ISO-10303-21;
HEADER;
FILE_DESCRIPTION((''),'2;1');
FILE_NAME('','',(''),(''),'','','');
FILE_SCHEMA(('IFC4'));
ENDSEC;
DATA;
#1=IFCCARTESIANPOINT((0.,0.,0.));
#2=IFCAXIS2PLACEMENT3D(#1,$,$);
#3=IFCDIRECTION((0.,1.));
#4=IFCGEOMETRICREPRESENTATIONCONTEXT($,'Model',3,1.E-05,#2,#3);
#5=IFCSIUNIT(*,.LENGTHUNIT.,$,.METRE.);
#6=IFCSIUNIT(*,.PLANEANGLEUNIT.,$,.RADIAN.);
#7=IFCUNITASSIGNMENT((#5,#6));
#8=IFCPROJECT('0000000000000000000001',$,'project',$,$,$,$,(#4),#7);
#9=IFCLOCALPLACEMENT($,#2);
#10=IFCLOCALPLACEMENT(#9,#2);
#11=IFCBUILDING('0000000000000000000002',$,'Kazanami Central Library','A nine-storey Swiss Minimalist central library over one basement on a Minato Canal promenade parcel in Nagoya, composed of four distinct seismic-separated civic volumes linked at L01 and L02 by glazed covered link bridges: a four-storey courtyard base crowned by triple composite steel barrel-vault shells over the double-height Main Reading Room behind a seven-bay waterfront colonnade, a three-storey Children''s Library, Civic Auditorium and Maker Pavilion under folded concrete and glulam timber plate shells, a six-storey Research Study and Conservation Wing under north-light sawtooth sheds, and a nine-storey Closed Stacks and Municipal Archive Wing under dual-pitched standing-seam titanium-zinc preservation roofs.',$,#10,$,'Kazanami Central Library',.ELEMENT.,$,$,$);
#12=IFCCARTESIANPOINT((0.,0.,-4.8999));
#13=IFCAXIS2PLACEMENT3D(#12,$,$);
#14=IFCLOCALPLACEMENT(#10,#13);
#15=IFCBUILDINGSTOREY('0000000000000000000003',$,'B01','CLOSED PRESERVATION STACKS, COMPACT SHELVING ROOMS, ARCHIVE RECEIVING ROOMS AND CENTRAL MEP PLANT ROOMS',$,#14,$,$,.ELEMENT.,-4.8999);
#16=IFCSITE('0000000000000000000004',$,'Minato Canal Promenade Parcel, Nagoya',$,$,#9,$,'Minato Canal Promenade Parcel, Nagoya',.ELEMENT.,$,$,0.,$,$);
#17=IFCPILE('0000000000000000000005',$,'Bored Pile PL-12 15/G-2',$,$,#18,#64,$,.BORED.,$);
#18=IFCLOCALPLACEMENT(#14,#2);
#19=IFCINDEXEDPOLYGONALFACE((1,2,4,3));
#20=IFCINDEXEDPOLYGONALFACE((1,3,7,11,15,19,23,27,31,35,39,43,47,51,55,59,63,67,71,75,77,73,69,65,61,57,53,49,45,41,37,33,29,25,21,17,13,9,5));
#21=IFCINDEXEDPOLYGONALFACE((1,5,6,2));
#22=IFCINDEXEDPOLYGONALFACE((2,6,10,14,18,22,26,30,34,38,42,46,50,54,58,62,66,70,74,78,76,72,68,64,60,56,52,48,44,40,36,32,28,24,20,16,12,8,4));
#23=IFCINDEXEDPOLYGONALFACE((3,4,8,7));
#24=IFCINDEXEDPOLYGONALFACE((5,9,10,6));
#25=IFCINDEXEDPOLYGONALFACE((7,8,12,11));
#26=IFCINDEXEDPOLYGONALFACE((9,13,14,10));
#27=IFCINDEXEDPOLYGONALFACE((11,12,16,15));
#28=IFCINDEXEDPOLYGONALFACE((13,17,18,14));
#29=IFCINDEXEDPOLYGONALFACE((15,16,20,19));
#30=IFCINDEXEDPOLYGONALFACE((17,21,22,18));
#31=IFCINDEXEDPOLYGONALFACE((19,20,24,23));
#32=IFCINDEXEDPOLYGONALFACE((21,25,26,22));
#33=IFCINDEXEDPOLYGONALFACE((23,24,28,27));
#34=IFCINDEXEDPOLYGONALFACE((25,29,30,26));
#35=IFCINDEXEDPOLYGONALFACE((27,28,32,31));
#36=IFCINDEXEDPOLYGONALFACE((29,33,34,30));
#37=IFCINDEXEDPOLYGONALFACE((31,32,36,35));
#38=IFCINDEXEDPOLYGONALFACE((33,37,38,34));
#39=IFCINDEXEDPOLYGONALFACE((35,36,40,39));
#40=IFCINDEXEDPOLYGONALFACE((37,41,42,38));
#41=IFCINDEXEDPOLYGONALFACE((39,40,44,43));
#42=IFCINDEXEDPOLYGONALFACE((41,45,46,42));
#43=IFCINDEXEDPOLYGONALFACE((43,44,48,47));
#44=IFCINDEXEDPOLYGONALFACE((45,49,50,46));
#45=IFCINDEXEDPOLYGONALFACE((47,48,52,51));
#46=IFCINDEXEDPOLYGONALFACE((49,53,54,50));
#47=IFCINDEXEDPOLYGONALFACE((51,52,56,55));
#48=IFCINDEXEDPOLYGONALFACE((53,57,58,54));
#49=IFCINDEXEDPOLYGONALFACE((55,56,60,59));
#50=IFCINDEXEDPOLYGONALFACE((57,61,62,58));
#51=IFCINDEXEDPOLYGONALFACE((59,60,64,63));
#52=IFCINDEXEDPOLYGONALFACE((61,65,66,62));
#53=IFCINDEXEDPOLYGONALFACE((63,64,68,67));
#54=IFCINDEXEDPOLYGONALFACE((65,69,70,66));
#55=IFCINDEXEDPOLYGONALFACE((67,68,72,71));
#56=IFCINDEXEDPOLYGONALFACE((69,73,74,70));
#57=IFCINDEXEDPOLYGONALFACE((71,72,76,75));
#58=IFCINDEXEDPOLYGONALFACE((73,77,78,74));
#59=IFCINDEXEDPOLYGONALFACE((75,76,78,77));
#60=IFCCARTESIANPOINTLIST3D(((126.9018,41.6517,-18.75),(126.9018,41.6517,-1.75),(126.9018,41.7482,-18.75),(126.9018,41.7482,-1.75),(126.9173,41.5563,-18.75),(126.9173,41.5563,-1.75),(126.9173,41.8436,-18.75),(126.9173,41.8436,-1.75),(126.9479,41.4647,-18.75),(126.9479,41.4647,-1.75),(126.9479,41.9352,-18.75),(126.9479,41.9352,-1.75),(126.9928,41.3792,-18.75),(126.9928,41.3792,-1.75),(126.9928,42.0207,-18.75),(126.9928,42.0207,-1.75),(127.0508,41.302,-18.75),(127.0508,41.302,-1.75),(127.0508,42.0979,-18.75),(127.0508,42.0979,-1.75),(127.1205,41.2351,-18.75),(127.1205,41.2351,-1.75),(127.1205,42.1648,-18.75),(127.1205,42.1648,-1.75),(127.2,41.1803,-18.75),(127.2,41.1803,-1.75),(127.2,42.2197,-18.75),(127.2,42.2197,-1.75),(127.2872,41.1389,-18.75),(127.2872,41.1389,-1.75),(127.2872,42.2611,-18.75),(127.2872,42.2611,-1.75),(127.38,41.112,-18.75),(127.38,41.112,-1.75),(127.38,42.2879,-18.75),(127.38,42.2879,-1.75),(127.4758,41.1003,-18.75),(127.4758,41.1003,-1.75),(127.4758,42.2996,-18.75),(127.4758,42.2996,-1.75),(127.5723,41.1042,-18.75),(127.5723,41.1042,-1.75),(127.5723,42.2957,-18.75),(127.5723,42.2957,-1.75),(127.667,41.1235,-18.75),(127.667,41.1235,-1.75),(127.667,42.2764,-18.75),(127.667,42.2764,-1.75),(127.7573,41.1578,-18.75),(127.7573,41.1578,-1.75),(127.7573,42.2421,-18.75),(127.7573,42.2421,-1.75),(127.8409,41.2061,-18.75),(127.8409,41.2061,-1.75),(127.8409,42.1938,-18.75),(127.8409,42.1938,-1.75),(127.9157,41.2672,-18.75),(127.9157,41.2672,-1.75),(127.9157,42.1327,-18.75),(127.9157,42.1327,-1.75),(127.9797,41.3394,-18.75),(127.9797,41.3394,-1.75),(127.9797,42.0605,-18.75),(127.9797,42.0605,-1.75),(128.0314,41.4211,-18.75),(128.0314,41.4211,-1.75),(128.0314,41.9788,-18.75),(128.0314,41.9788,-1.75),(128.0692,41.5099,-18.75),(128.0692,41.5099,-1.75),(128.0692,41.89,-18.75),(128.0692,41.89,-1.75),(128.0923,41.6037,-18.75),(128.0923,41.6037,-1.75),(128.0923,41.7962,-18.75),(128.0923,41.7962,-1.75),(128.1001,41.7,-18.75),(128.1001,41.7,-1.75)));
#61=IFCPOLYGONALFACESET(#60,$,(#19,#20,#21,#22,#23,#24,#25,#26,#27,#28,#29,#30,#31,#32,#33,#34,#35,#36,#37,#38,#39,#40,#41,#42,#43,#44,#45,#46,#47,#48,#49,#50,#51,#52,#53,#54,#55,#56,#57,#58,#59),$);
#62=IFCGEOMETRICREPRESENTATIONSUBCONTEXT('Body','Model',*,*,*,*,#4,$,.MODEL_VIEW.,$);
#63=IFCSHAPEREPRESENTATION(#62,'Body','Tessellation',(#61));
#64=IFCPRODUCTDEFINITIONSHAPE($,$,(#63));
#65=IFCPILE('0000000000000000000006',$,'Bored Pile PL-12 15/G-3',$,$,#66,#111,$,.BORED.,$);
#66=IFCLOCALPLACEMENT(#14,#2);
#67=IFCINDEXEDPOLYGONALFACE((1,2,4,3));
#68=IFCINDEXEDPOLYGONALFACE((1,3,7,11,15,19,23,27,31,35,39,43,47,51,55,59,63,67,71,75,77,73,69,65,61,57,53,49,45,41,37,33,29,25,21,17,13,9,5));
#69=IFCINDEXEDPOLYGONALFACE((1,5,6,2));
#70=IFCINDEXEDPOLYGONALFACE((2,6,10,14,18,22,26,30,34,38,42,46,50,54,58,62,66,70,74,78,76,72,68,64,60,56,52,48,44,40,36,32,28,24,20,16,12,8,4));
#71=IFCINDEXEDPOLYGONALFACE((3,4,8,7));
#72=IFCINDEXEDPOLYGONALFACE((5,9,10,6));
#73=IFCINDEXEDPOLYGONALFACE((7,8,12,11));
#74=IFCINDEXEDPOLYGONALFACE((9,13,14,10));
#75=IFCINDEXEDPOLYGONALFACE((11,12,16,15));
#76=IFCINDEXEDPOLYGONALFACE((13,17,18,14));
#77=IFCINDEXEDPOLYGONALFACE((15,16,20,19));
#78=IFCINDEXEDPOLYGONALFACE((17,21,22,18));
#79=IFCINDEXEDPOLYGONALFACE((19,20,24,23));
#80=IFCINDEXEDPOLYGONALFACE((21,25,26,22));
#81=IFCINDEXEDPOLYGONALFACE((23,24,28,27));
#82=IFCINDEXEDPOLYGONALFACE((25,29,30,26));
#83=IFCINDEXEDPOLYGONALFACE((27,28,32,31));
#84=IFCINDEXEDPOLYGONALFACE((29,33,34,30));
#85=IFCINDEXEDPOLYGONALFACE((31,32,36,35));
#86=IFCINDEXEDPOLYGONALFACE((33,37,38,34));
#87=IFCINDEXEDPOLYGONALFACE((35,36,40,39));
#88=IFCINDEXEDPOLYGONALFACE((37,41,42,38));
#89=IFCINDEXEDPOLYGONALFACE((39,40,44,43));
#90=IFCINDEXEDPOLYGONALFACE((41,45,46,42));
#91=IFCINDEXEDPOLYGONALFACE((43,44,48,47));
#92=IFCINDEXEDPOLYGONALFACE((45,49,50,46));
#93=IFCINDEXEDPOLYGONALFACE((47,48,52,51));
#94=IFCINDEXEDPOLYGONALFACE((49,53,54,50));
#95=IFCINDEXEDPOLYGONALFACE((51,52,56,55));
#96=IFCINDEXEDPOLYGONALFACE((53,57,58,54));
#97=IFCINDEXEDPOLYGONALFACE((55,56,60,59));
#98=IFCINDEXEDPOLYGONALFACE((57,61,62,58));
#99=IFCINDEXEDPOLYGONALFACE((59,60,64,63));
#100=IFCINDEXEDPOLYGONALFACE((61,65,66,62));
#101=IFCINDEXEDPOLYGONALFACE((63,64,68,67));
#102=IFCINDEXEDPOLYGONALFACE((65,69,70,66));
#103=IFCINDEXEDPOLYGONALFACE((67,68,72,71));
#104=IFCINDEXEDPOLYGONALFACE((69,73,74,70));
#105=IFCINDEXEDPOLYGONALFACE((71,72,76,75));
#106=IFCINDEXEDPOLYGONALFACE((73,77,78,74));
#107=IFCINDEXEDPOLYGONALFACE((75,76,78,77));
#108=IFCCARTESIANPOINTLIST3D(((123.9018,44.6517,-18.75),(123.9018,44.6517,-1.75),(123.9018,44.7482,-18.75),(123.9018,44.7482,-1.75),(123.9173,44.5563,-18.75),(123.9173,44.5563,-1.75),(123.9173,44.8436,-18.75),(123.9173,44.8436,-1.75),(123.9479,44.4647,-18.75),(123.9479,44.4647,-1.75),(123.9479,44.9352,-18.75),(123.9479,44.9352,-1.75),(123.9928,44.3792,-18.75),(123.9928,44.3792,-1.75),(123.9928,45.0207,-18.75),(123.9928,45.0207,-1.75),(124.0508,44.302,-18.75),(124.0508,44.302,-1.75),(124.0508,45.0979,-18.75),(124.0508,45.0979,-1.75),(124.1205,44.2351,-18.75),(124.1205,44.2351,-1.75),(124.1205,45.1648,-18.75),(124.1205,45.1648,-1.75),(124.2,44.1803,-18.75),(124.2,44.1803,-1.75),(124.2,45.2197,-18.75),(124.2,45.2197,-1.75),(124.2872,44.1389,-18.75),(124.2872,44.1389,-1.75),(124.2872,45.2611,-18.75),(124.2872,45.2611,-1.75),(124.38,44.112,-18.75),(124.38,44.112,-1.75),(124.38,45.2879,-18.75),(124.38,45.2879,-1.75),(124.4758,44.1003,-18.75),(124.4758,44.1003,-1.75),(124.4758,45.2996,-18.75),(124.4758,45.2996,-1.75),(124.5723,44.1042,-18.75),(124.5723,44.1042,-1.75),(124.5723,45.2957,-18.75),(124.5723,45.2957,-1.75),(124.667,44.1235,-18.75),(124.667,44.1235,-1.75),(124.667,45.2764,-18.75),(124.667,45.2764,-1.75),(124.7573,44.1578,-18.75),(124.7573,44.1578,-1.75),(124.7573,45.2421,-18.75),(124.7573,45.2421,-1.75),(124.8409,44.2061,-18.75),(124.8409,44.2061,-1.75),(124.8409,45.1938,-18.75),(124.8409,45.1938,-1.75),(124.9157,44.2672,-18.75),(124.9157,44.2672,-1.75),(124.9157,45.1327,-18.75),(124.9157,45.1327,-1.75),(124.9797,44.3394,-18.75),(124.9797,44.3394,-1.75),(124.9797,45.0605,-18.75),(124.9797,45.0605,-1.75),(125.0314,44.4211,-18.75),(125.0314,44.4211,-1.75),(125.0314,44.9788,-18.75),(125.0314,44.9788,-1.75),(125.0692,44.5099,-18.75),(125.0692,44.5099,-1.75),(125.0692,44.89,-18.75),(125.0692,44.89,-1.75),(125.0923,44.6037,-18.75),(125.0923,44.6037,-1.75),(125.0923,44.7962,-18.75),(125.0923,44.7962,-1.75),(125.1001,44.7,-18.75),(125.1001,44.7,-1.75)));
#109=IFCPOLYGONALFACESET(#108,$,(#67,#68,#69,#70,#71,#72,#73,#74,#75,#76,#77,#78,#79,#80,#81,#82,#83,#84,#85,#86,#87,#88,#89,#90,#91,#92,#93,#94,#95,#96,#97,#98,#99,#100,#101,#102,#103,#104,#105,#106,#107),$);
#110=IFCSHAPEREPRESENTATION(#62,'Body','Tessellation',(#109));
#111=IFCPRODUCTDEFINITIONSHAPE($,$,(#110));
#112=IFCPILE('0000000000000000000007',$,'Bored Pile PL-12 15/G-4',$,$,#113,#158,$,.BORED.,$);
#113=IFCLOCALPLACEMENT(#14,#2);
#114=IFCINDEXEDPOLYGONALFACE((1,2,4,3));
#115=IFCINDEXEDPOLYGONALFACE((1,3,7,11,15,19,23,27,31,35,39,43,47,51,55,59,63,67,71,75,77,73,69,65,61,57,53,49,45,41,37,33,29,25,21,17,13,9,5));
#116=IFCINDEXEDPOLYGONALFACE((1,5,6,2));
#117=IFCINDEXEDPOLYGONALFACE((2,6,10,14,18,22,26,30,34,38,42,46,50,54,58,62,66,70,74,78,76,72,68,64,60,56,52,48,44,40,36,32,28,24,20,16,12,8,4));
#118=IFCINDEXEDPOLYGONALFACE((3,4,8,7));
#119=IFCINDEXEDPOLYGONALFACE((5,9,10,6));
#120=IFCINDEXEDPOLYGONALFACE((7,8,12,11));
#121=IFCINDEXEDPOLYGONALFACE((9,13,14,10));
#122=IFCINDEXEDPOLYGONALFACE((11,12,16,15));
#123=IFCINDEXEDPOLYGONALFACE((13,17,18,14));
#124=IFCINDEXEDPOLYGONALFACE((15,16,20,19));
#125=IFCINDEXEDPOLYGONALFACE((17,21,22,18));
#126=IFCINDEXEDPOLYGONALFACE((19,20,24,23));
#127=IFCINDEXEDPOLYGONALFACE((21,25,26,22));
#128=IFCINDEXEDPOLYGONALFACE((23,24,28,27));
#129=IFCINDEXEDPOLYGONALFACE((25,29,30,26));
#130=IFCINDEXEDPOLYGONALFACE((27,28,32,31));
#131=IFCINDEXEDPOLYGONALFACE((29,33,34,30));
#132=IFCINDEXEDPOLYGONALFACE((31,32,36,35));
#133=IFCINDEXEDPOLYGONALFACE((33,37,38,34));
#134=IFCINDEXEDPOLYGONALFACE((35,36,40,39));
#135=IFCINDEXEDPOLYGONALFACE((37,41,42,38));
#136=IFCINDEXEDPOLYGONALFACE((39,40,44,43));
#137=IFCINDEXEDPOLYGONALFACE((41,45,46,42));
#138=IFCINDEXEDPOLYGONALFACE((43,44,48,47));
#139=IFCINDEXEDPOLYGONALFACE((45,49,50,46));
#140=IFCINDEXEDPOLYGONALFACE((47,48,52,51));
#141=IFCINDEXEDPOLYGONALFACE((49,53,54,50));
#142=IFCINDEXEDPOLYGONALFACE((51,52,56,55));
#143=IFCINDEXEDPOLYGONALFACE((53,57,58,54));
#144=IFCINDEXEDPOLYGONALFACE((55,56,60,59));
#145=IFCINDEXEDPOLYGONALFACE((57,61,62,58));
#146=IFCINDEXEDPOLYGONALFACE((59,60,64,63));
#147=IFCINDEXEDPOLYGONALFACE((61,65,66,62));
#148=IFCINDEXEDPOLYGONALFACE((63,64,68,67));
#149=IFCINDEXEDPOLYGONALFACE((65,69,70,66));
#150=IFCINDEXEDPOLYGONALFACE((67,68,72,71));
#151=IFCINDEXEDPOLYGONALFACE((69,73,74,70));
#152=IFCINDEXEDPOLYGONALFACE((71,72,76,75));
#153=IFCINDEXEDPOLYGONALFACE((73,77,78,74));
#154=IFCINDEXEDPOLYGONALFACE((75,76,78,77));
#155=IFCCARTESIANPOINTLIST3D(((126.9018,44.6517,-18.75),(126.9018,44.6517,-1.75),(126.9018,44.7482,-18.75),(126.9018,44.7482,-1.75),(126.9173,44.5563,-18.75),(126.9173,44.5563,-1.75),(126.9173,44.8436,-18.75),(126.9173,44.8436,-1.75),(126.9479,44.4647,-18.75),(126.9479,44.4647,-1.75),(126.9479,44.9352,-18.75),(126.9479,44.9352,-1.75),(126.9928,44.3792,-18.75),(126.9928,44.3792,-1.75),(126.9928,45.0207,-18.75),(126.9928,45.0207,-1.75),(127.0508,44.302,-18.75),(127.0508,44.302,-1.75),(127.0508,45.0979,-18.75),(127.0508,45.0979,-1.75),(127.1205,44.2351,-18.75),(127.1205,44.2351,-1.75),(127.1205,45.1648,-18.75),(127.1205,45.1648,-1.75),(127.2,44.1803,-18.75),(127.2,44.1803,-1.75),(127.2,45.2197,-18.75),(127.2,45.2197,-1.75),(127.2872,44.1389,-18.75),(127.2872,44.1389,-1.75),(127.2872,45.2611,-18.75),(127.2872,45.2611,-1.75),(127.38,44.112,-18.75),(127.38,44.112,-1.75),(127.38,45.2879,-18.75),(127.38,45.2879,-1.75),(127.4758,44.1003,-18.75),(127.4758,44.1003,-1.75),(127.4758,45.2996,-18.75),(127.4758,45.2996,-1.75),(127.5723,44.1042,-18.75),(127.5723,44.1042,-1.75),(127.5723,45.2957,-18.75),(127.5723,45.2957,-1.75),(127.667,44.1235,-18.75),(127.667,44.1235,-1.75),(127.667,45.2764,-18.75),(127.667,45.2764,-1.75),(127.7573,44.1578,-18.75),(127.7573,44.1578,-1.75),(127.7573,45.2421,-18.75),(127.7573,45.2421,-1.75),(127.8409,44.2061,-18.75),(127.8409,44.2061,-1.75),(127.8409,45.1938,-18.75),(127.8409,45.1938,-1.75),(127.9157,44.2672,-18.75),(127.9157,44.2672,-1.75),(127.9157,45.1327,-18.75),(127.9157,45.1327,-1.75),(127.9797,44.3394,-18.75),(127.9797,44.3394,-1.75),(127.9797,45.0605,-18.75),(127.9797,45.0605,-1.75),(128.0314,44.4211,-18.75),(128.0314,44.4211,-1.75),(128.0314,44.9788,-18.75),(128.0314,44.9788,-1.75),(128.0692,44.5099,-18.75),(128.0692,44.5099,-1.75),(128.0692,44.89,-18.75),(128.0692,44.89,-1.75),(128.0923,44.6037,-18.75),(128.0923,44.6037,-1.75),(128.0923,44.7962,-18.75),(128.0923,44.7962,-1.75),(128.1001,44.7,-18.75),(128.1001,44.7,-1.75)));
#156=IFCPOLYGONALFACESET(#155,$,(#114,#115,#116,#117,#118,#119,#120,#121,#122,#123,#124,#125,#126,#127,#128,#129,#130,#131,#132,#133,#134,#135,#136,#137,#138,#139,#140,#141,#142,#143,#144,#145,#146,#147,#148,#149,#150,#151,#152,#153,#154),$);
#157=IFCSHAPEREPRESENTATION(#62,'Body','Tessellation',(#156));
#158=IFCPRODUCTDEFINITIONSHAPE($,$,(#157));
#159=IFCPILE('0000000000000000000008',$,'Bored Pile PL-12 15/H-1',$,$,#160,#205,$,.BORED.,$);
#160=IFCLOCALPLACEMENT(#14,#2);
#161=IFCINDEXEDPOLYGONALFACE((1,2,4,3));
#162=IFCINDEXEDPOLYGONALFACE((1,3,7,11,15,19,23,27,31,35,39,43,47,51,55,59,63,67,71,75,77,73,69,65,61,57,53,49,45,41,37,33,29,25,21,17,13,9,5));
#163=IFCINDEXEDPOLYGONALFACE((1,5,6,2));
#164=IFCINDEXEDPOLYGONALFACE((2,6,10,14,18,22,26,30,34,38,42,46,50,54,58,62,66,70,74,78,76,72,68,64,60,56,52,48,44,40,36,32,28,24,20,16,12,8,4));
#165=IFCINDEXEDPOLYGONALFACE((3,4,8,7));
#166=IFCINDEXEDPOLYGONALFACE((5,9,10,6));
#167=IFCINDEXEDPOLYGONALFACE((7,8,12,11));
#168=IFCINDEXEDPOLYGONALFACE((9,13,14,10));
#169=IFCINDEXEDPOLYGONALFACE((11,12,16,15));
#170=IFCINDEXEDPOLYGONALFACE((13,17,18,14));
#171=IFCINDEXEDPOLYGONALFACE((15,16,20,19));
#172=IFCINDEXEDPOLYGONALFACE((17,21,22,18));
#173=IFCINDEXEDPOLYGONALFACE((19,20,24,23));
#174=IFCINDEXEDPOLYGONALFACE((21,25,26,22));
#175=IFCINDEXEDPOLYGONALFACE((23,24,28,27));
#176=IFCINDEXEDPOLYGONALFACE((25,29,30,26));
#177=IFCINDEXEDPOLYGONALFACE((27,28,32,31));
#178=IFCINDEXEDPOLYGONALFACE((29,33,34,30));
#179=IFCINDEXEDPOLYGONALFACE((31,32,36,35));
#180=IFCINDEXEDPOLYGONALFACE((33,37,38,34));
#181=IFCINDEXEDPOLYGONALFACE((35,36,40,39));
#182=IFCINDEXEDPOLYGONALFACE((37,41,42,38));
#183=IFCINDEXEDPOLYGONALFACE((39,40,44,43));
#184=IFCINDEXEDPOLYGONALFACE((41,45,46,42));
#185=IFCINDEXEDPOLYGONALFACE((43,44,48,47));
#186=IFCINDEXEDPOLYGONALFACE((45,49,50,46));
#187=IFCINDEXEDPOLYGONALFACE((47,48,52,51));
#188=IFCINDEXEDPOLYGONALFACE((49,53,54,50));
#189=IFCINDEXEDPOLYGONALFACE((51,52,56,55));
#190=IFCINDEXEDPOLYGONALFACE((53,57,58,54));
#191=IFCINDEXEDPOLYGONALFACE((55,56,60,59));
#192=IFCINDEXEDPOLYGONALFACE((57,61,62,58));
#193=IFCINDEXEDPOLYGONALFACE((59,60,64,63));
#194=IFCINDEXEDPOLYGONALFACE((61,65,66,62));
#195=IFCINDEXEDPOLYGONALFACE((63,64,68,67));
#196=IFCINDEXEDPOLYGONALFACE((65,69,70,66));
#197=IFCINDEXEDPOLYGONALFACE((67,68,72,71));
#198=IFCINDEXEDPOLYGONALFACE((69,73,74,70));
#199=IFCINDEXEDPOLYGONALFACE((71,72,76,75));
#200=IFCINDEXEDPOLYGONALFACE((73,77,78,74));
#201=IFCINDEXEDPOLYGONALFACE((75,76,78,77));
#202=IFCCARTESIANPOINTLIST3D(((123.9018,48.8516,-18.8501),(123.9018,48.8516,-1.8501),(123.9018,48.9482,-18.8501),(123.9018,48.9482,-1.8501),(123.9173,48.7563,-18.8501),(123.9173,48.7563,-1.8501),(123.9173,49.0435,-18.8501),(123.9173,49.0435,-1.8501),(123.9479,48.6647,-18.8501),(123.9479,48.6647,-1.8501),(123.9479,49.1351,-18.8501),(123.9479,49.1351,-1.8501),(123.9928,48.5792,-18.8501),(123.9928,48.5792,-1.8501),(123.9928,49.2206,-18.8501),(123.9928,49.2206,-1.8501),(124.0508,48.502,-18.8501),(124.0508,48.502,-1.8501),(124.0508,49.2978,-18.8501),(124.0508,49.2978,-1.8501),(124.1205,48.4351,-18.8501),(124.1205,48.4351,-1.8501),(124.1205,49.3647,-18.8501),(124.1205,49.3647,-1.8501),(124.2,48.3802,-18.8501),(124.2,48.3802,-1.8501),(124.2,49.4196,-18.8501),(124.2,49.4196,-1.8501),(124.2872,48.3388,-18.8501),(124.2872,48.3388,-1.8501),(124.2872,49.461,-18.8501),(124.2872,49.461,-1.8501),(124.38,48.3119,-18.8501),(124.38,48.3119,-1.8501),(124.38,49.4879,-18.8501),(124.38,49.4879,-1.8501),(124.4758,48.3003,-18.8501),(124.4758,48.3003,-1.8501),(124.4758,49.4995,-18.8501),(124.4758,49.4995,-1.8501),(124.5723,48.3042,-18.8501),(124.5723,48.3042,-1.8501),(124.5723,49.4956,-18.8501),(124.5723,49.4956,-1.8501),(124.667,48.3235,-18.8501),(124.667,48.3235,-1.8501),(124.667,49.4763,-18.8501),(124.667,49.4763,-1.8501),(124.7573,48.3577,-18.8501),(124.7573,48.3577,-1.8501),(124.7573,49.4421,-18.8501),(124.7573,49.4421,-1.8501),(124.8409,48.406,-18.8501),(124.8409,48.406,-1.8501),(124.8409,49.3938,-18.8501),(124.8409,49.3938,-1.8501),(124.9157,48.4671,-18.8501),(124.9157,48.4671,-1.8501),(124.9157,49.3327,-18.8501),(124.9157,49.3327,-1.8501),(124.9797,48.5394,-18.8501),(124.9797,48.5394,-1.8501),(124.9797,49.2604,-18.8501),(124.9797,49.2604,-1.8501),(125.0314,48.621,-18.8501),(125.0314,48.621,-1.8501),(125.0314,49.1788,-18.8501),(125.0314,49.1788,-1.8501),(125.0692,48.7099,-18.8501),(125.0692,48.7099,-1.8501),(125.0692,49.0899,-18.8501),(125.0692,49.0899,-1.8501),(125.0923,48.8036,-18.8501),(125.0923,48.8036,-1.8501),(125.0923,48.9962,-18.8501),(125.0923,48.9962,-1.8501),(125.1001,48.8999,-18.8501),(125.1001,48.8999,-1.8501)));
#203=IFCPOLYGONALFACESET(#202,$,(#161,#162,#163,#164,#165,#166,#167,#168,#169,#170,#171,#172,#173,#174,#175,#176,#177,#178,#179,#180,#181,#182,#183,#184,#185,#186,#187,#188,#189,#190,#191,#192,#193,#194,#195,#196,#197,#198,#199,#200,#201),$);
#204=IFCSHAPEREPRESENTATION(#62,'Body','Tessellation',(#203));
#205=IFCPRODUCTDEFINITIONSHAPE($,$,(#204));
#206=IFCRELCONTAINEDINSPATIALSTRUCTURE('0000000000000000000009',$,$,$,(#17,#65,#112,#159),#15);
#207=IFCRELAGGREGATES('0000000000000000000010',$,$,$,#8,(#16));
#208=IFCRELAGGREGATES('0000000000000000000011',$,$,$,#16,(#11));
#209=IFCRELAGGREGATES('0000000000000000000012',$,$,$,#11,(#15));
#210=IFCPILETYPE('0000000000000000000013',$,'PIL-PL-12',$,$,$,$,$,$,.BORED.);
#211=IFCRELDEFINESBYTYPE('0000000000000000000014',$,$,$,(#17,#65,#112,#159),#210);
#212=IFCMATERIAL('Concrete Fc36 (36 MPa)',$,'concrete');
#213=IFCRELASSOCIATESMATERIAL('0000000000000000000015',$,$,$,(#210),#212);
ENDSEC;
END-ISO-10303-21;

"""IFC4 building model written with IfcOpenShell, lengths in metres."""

from ifc_helpers import new_model, si_unit, direction, frame, origin, origin_2d, place, context, subcontext, project, spatial, circle, extrude, material, material_profile, profile_set, type_object, element, save


model = new_model("IFC4")

# Units and contexts
model_context = context("Model", 3, precision=1e-05, world=origin(), true_north=direction((0.0, 1.0)))
body_context = subcontext(model_context, "Body", "Model", "MODEL_VIEW")
ifc_project = project(units=[si_unit("LENGTHUNIT", "METRE"), si_unit("PLANEANGLEUNIT", "RADIAN")], contexts=[model_context])

# Site, building, storey
site_placement = place(None, origin())
site = spatial("IfcSite", under=ifc_project, at=site_placement, Name="Minato Canal Promenade Parcel, Nagoya", LongName="Minato Canal Promenade Parcel, Nagoya", CompositionType="ELEMENT", RefElevation=0.0)
building_placement = place(site_placement, origin())
building = spatial("IfcBuilding", under=site, at=building_placement, Name="Kazanami Central Library", Description="A nine-storey Swiss Minimalist central library over one basement on a Minato Canal promenade parcel in Nagoya, composed of four distinct seismic-separated civic volumes linked at L01 and L02 by glazed covered link bridges: a four-storey courtyard base crowned by triple composite steel barrel-vault shells over the double-height Main Reading Room behind a seven-bay waterfront colonnade, a three-storey Children's Library, Civic Auditorium and Maker Pavilion under folded concrete and glulam timber plate shells, a six-storey Research Study and Conservation Wing under north-light sawtooth sheds, and a nine-storey Closed Stacks and Municipal Archive Wing under dual-pitched standing-seam titanium-zinc preservation roofs.", LongName="Kazanami Central Library", CompositionType="ELEMENT")
storey_placement = place(building_placement, frame((0.0, 0.0, -4.8999)))
storey = spatial("IfcBuildingStorey", under=building, at=storey_placement, Name="B01", Description="CLOSED PRESERVATION STACKS, COMPACT SHELVING ROOMS, ARCHIVE RECEIVING ROOMS AND CENTRAL MEP PLANT ROOMS", CompositionType="ELEMENT", Elevation=-4.8999)

# Shared definitions
ifc_material_1 = material(Name="Concrete Fc36 (36 MPa)", Category="concrete")

# Piles
ifc_material_profile_1 = material_profile(ifc_material_1, circle(Radius=0.6001, at=origin_2d()), Name="BORED-D1200")
ifc_profile_set_1 = profile_set([ifc_material_profile_1], Name="Concrete Fc36 (36 MPa)")
pile_type = type_object("IfcPileType", Name="PIL-PL-12", PredefinedType="BORED", material=ifc_profile_set_1)
for number, where, z_axis, x_axis, name in (
    (1, (127.5, 41.7, -1.75), (0.0, 0.0, -1.0), (1.0, 0.0, 0.0), "Bored Pile PL-12 15/G-2"),
    (2, (124.5, 44.7, -1.75), (0.0, 0.0, -1.0), (1.0, 0.0, 0.0), "Bored Pile PL-12 15/G-3"),
    (3, (127.5, 44.7, -1.75), (0.0, 0.0, -1.0), (1.0, 0.0, 0.0), "Bored Pile PL-12 15/G-4"),
    (4, (124.5, 48.8999, -1.8501), (0.0, 0.0, -1.0), (1.0, 0.0, 0.0), "Bored Pile PL-12 15/H-1"),
):
    element("IfcPile", number, at=place(storey_placement, frame(where, z_axis=z_axis, x_axis=x_axis)), inside=storey, type_object=pile_type, Name=name, PredefinedType="BORED", context=body_context, shape_type="SweptSolid", body=[
        extrude(circle(Radius=0.6001, at=origin_2d()), origin(), (0.0, 0.0, 1.0), 17.0),
    ])

save(model, "model.ifc")
